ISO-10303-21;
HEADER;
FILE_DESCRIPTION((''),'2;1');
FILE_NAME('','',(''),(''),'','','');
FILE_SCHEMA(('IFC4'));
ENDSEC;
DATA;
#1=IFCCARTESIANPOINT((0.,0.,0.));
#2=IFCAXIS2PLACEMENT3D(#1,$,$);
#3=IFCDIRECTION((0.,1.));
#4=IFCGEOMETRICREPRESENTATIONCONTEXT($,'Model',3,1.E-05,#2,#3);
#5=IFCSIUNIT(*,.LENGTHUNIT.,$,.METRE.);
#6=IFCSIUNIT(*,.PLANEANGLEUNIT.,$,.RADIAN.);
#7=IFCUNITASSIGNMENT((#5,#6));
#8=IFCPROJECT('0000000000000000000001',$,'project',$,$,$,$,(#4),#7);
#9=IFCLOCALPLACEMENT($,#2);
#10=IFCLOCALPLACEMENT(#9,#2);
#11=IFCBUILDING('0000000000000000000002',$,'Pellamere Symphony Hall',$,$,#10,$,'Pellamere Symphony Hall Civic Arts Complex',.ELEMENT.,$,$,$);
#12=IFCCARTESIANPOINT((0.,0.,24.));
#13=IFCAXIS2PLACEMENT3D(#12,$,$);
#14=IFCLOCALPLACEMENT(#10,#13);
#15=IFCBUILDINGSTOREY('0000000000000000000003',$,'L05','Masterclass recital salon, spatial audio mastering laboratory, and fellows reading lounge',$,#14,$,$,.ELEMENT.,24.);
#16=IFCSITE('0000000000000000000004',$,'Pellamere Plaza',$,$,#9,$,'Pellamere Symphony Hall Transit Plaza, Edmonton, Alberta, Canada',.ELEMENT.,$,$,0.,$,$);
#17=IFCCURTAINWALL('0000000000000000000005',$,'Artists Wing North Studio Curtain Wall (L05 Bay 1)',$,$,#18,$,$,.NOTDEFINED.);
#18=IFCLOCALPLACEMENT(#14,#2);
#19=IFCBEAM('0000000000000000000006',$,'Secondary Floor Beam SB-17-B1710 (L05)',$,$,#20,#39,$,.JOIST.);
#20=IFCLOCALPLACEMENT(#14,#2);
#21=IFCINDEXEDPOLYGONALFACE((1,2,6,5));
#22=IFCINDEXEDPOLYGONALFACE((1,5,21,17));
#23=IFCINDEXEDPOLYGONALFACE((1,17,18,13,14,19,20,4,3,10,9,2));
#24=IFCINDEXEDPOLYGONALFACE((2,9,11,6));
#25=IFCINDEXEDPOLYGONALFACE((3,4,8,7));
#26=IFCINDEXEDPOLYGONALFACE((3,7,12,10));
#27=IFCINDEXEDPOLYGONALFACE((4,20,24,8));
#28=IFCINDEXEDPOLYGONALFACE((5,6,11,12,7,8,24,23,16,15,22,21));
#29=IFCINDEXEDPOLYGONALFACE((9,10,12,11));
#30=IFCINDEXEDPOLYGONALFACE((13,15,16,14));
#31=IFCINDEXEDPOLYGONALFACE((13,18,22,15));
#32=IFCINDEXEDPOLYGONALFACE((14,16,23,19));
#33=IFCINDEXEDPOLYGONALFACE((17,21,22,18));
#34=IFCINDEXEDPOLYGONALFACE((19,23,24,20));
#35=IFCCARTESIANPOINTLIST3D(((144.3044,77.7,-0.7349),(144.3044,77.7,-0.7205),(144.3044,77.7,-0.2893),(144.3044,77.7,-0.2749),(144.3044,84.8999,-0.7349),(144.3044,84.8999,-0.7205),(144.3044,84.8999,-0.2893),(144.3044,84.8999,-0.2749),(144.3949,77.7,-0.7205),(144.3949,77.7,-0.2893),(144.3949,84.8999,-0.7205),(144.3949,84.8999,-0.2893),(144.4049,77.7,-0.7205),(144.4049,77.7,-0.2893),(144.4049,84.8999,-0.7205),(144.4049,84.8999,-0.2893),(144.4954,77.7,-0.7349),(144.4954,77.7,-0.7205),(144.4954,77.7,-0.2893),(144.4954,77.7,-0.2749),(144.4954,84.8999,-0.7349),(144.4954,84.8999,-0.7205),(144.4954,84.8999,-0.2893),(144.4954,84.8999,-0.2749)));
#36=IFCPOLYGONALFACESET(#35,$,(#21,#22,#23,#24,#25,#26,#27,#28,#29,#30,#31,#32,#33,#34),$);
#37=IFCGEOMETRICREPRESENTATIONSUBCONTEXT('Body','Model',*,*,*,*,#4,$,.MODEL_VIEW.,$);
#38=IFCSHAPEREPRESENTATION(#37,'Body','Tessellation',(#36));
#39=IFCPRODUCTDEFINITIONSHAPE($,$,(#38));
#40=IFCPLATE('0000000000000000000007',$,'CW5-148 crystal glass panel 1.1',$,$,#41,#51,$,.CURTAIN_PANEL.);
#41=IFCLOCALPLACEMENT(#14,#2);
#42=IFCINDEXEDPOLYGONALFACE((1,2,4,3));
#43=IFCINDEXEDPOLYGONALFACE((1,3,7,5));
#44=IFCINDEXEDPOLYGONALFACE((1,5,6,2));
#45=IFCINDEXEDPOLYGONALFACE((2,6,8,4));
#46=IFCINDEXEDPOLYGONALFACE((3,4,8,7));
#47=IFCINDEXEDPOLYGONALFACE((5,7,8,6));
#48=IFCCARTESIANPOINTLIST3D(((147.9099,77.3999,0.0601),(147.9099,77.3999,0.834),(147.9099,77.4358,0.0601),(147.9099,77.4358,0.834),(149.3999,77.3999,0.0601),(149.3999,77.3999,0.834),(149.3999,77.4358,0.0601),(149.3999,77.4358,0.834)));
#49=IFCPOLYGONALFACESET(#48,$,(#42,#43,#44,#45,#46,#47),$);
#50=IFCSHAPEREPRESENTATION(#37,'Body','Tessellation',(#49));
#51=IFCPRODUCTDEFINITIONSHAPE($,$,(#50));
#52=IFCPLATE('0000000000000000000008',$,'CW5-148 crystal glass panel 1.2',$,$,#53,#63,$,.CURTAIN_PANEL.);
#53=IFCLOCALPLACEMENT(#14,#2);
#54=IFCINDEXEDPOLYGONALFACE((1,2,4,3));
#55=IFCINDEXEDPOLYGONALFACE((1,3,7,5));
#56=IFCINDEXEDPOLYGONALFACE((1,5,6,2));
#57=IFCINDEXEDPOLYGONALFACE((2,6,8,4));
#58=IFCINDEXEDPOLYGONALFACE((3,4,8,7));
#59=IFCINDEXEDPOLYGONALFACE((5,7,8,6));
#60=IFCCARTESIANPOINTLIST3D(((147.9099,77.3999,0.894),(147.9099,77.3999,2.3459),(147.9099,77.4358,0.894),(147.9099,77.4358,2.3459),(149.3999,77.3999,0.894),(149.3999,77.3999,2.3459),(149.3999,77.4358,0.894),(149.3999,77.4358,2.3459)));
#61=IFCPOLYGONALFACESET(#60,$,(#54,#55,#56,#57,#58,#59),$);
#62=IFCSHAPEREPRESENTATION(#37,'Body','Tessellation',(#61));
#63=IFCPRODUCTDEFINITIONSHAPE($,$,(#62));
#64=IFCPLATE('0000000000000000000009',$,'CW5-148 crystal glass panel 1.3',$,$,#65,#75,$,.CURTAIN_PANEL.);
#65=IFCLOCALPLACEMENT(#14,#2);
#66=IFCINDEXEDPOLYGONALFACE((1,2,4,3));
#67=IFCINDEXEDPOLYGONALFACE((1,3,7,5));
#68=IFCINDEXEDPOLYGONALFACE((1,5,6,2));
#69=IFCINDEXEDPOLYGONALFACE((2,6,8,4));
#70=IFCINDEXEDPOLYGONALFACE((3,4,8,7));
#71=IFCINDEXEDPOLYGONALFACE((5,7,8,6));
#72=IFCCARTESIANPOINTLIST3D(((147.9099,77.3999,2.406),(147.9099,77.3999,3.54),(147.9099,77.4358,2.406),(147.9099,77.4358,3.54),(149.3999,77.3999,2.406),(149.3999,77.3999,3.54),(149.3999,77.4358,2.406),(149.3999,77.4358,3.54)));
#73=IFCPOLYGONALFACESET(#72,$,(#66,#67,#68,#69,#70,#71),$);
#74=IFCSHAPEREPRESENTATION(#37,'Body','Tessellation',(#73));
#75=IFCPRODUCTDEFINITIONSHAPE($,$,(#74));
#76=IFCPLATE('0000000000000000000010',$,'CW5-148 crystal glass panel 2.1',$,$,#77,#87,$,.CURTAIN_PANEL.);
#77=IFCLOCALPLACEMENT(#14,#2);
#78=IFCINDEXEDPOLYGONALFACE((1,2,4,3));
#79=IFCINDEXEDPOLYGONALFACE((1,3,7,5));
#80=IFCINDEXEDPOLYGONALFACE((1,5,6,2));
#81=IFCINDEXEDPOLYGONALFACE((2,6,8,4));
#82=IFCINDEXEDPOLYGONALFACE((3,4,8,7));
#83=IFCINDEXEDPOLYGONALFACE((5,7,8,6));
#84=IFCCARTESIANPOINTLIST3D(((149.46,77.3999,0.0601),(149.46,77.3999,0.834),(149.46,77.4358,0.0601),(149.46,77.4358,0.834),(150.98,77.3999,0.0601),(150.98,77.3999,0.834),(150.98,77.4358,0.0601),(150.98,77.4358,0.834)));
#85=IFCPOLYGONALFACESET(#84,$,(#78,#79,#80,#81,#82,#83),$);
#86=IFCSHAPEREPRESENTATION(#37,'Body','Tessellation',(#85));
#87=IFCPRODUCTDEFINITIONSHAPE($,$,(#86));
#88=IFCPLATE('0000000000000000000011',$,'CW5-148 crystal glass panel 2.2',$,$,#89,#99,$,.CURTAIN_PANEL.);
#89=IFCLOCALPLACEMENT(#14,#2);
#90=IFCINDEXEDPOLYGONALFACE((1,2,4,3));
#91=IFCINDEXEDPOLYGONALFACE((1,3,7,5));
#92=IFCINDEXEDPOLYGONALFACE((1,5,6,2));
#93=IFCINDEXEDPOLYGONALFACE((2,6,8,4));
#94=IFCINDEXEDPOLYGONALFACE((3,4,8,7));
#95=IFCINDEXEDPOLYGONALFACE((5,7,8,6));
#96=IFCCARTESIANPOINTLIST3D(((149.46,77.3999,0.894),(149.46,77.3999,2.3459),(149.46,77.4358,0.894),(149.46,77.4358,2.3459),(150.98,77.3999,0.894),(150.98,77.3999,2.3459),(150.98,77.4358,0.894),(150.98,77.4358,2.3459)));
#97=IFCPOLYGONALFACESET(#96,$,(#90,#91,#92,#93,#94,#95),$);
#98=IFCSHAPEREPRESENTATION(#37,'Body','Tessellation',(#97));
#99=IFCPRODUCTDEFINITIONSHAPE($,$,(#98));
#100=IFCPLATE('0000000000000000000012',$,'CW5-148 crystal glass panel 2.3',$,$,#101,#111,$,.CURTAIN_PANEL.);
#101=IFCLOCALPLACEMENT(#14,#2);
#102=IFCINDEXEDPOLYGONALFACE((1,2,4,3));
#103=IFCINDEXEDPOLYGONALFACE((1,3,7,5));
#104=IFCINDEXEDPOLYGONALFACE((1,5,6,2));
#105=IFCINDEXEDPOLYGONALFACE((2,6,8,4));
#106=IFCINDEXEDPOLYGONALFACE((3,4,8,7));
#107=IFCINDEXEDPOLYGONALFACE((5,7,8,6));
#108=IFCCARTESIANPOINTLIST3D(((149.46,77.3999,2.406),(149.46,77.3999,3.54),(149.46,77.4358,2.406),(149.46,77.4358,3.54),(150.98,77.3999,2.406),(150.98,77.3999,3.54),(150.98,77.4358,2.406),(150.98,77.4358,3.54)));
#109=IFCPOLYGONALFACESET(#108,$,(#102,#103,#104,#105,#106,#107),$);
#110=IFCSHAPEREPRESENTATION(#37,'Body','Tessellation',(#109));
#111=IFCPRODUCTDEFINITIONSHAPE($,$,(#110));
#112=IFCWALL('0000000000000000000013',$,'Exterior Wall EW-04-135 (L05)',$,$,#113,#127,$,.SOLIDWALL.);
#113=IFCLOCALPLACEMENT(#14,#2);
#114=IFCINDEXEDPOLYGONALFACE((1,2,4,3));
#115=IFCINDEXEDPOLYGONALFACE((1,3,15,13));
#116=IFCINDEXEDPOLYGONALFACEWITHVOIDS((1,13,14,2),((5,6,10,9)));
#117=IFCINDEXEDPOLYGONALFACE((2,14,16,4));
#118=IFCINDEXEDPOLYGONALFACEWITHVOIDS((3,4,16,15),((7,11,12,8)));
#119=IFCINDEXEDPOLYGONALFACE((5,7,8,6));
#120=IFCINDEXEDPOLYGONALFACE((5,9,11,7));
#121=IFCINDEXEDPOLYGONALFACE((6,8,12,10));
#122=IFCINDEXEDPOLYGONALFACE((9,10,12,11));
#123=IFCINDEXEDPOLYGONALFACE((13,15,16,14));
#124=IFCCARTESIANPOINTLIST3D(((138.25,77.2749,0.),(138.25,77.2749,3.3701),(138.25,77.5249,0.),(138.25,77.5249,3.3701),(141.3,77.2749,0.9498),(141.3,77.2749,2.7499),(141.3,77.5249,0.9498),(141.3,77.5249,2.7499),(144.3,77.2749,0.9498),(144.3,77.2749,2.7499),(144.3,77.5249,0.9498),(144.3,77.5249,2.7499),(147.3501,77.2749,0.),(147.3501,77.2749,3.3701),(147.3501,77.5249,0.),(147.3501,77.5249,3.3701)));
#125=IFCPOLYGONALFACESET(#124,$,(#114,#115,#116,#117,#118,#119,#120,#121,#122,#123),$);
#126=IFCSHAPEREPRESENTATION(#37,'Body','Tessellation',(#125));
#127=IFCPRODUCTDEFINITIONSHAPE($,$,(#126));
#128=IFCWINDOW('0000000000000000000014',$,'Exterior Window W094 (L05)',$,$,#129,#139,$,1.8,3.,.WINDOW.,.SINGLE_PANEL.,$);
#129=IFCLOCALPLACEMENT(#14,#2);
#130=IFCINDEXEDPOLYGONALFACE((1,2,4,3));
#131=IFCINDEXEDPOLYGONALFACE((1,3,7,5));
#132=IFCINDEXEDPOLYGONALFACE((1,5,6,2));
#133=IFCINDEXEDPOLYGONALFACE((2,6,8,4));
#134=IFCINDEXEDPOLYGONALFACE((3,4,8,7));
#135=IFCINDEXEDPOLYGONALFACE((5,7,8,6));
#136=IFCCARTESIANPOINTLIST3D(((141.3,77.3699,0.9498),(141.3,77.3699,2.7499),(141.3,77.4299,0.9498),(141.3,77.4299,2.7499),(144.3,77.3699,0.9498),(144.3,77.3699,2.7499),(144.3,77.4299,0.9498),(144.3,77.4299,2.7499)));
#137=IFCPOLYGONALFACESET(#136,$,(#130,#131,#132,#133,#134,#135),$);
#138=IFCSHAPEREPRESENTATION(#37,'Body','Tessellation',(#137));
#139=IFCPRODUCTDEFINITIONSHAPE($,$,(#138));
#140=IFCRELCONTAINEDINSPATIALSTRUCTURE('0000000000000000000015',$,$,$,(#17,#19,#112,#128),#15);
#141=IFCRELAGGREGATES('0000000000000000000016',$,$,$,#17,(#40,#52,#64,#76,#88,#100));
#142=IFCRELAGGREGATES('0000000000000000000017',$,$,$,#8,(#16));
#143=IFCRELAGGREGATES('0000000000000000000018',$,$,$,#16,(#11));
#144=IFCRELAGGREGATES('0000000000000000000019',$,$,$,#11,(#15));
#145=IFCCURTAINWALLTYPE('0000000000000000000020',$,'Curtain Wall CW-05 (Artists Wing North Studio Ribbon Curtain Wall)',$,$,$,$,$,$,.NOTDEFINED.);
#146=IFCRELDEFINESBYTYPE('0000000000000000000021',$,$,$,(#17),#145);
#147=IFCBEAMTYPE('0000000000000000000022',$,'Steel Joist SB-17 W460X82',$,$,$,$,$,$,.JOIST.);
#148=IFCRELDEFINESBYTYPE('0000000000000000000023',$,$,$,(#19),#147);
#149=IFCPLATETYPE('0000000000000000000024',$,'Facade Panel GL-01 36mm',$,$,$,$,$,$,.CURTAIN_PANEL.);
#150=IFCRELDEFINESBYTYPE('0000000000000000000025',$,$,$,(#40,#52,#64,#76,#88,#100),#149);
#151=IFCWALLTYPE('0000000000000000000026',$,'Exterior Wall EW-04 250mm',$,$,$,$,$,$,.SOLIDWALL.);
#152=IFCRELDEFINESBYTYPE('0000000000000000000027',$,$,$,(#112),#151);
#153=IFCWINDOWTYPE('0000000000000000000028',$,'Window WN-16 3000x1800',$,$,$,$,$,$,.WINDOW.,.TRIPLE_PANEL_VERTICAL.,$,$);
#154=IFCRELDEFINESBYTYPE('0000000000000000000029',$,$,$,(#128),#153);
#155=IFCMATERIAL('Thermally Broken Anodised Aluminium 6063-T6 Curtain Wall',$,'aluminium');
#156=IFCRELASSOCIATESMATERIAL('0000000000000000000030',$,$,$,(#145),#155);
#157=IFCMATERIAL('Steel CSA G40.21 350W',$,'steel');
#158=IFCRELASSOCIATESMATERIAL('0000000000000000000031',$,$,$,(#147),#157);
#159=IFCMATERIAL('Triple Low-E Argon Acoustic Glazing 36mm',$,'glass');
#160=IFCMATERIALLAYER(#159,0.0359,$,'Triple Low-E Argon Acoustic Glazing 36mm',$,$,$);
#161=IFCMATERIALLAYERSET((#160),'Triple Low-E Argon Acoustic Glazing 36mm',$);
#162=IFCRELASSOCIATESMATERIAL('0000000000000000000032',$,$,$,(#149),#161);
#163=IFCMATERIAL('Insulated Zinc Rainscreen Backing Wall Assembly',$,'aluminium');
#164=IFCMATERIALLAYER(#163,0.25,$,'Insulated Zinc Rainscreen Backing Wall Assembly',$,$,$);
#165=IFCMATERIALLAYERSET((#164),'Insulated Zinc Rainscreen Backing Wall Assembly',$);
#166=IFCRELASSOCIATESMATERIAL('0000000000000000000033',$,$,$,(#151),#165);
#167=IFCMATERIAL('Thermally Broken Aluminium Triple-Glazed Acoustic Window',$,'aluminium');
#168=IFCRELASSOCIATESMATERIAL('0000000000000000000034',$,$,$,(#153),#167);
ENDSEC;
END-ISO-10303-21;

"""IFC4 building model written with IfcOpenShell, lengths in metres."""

from ifc_helpers import new_model, si_unit, direction, frame, frame_2d, origin, origin_2d, place, context, subcontext, project, spatial, polyline, rectangle, i_section, outline, extrude, material, layer, layer_set, material_profile, profile_set, type_object, element, fill, aggregate, save


model = new_model("IFC4")

# Units and contexts
model_context = context("Model", 3, precision=1e-05, world=origin(), true_north=direction((0.0, 1.0)))
body_context = subcontext(model_context, "Body", "Model", "MODEL_VIEW")
ifc_project = project(units=[si_unit("LENGTHUNIT", "METRE"), si_unit("PLANEANGLEUNIT", "RADIAN")], contexts=[model_context])

# Site, building, storey
site_placement = place(None, origin())
site = spatial("IfcSite", under=ifc_project, at=site_placement, Name="Pellamere Plaza", LongName="Pellamere Symphony Hall Transit Plaza, Edmonton, Alberta, Canada", CompositionType="ELEMENT", RefElevation=0.0)
building_placement = place(site_placement, origin())
building = spatial("IfcBuilding", under=site, at=building_placement, Name="Pellamere Symphony Hall", LongName="Pellamere Symphony Hall Civic Arts Complex", CompositionType="ELEMENT")
storey_placement = place(building_placement, frame((0.0, 0.0, 24.0)))
storey = spatial("IfcBuildingStorey", under=building, at=storey_placement, Name="L05", Description="Masterclass recital salon, spatial audio mastering laboratory, and fellows reading lounge", CompositionType="ELEMENT", Elevation=24.0)

# Curtain wall
ifc_material_1 = material(Name="Thermally Broken Anodised Aluminium 6063-T6 Curtain Wall", Category="aluminium")
curtain_wall_type = type_object("IfcCurtainWallType", Name="Curtain Wall CW-05 (Artists Wing North Studio Ribbon Curtain Wall)", PredefinedType="NOTDEFINED", material=ifc_material_1)
curtain_wall_placement = place(storey_placement, origin())
curtain_wall = element("IfcCurtainWall", 1, at=curtain_wall_placement, inside=storey, type_object=curtain_wall_type, Name="Artists Wing North Studio Curtain Wall (L05 Bay 1)", PredefinedType="NOTDEFINED")

# Beam
ifc_material_2 = material(Name="Steel CSA G40.21 350W", Category="steel")
ifc_material_profile_1 = material_profile(ifc_material_2, i_section(OverallWidth=0.1909, OverallDepth=0.46, WebThickness=0.01, FlangeThickness=0.0144, at=origin_2d()), Name="W460X82")
ifc_profile_set_1 = profile_set([ifc_material_profile_1], Name="Steel CSA G40.21 350W")
beam_type_1 = type_object("IfcBeamType", Name="Steel Joist SB-17 W460X82", PredefinedType="JOIST", material=ifc_profile_set_1)
for number, where, z_axis, x_axis, name in (
    (2, (144.3999, 77.7, -0.5049), (0.0, 1.0, 0.0), (-1.0, 0.0, 0.0), "Secondary Floor Beam SB-17-B1710 (L05)"),
):
    element("IfcBeam", number, at=place(storey_placement, frame(where, z_axis=z_axis, x_axis=x_axis)), inside=storey, type_object=beam_type_1, Name=name, PredefinedType="JOIST", context=body_context, shape_type="SweptSolid", body=[
        extrude(i_section(OverallWidth=0.1909, OverallDepth=0.46, WebThickness=0.01, FlangeThickness=0.0144, at=origin_2d()), origin(), (0.0, 0.0, 1.0), 7.2),
    ])

# Plates
ifc_material_3 = material(Name="Triple Low-E Argon Acoustic Glazing 36mm", Category="glass")
ifc_layer_1 = layer(ifc_material_3, 0.0359, Name="Triple Low-E Argon Acoustic Glazing 36mm")
ifc_layer_set_1 = layer_set([ifc_layer_1], Name="Triple Low-E Argon Acoustic Glazing 36mm")
plate_type = type_object("IfcPlateType", Name="Facade Panel GL-01 36mm", PredefinedType="CURTAIN_PANEL", material=ifc_layer_set_1)
plate_1_placement = place(storey_placement, frame((147.9099, 77.3999, 0.0601), z_axis=(0.0, -1.0, 0.0), x_axis=(1.0, 0.0, 0.0)))
plate_1 = element("IfcPlate", 3, at=plate_1_placement, type_object=plate_type, Name="CW5-148 crystal glass panel 1.1", PredefinedType="CURTAIN_PANEL", context=body_context, shape_type="SweptSolid", body=[
    extrude(outline(polyline([(0.0, 0.0), (1.49, 0.0), (1.49, 0.7739), (0.0, 0.7739), (0.0, 0.0)])), origin(), (0.0, 0.0, -1.0), 0.0359),
])
plate_2_placement = place(storey_placement, frame((147.9099, 77.3999, 0.894), z_axis=(0.0, -1.0, 0.0), x_axis=(1.0, 0.0, 0.0)))
plate_2 = element("IfcPlate", 4, at=plate_2_placement, type_object=plate_type, Name="CW5-148 crystal glass panel 1.2", PredefinedType="CURTAIN_PANEL", context=body_context, shape_type="SweptSolid", body=[
    extrude(outline(polyline([(0.0, 0.0), (1.49, 0.0), (1.49, 1.4519), (0.0, 1.4519), (0.0, 0.0)])), origin(), (0.0, 0.0, -1.0), 0.0359),
])
plate_3_placement = place(storey_placement, frame((147.9099, 77.3999, 2.406), z_axis=(0.0, -1.0, 0.0), x_axis=(1.0, 0.0, 0.0)))
plate_3 = element("IfcPlate", 5, at=plate_3_placement, type_object=plate_type, Name="CW5-148 crystal glass panel 1.3", PredefinedType="CURTAIN_PANEL", context=body_context, shape_type="SweptSolid", body=[
    extrude(outline(polyline([(0.0, 0.0), (1.49, 0.0), (1.49, 1.134), (0.0, 1.134), (0.0, 0.0)])), origin(), (0.0, 0.0, -1.0), 0.0359),
])
plate_4_placement = place(storey_placement, frame((149.46, 77.3999, 0.0601), z_axis=(0.0, -1.0, 0.0), x_axis=(1.0, 0.0, 0.0)))
plate_4 = element("IfcPlate", 6, at=plate_4_placement, type_object=plate_type, Name="CW5-148 crystal glass panel 2.1", PredefinedType="CURTAIN_PANEL", context=body_context, shape_type="SweptSolid", body=[
    extrude(outline(polyline([(0.0, 0.0), (1.52, 0.0), (1.52, 0.7739), (0.0, 0.7739), (0.0, 0.0)])), origin(), (0.0, 0.0, -1.0), 0.0359),
])
plate_5_placement = place(storey_placement, frame((149.46, 77.3999, 0.894), z_axis=(0.0, -1.0, 0.0), x_axis=(1.0, 0.0, 0.0)))
plate_5 = element("IfcPlate", 7, at=plate_5_placement, type_object=plate_type, Name="CW5-148 crystal glass panel 2.2", PredefinedType="CURTAIN_PANEL", context=body_context, shape_type="SweptSolid", body=[
    extrude(outline(polyline([(0.0, 0.0), (1.52, 0.0), (1.52, 1.4519), (0.0, 1.4519), (0.0, 0.0)])), origin(), (0.0, 0.0, -1.0), 0.0359),
])
plate_6_placement = place(storey_placement, frame((149.46, 77.3999, 2.406), z_axis=(0.0, -1.0, 0.0), x_axis=(1.0, 0.0, 0.0)))
plate_6 = element("IfcPlate", 8, at=plate_6_placement, type_object=plate_type, Name="CW5-148 crystal glass panel 2.3", PredefinedType="CURTAIN_PANEL", context=body_context, shape_type="SweptSolid", body=[
    extrude(outline(polyline([(0.0, 0.0), (1.52, 0.0), (1.52, 1.134), (0.0, 1.134), (0.0, 0.0)])), origin(), (0.0, 0.0, -1.0), 0.0359),
])
aggregate(curtain_wall, [plate_1, plate_2, plate_3, plate_4, plate_5, plate_6])

# Wall, opening, window
ifc_material_4 = material(Name="Insulated Zinc Rainscreen Backing Wall Assembly", Category="aluminium")
ifc_layer_2 = layer(ifc_material_4, 0.25, Name="Insulated Zinc Rainscreen Backing Wall Assembly")
ifc_layer_set_2 = layer_set([ifc_layer_2], Name="Insulated Zinc Rainscreen Backing Wall Assembly")
wall_type = type_object("IfcWallType", Name="Exterior Wall EW-04 250mm", PredefinedType="SOLIDWALL", material=ifc_layer_set_2)
wall_placement = place(storey_placement, frame((138.25, 77.3999, 0.0), z_axis=(0.0, 0.0, 1.0), x_axis=(1.0, 0.0, 0.0)))
wall = element("IfcWall", 9, at=wall_placement, inside=storey, type_object=wall_type, Name="Exterior Wall EW-04-135 (L05)", PredefinedType="SOLIDWALL", context=body_context, shape_type="SweptSolid", body=[
    extrude(rectangle(XDim=9.1001, YDim=0.25, at=frame_2d((4.55, 0.0))), origin(), (0.0, 0.0, 1.0), 3.3701),
])
opening_placement = place(wall_placement, frame((3.05, 0.0, 0.95)))
opening = element("IfcOpeningElement", 10, at=opening_placement, cuts=wall, PredefinedType="OPENING", context=body_context, shape_type="SweptSolid", body=[
    extrude(rectangle(XDim=3.0, YDim=1.8, at=frame_2d((1.5, 0.8999))), frame((0.0, 0.135, 0.0), z_axis=(0.0, -1.0, 0.0), x_axis=(1.0, 0.0, 0.0)), (0.0, 0.0, 1.0), 0.27),
])
ifc_material_5 = material(Name="Thermally Broken Aluminium Triple-Glazed Acoustic Window", Category="aluminium")
window_type = type_object("IfcWindowType", Name="Window WN-16 3000x1800", PartitioningType="TRIPLE_PANEL_VERTICAL", PredefinedType="WINDOW", material=ifc_material_5)
window_placement = place(opening_placement, origin())
window = element("IfcWindow", 11, at=window_placement, inside=storey, type_object=window_type, Name="Exterior Window W094 (L05)", OverallHeight=1.8, OverallWidth=3.0, PartitioningType="SINGLE_PANEL", PredefinedType="WINDOW", context=body_context, shape_type="SweptSolid", body=[
    extrude(rectangle(XDim=3.0, YDim=1.8, at=frame_2d((1.5, 0.8999))), frame((0.0, 0.03, 0.0), z_axis=(0.0, -1.0, 0.0), x_axis=(1.0, 0.0, 0.0)), (0.0, 0.0, 1.0), 0.0601),
])
fill(opening, window)

save(model, "model.ifc")
